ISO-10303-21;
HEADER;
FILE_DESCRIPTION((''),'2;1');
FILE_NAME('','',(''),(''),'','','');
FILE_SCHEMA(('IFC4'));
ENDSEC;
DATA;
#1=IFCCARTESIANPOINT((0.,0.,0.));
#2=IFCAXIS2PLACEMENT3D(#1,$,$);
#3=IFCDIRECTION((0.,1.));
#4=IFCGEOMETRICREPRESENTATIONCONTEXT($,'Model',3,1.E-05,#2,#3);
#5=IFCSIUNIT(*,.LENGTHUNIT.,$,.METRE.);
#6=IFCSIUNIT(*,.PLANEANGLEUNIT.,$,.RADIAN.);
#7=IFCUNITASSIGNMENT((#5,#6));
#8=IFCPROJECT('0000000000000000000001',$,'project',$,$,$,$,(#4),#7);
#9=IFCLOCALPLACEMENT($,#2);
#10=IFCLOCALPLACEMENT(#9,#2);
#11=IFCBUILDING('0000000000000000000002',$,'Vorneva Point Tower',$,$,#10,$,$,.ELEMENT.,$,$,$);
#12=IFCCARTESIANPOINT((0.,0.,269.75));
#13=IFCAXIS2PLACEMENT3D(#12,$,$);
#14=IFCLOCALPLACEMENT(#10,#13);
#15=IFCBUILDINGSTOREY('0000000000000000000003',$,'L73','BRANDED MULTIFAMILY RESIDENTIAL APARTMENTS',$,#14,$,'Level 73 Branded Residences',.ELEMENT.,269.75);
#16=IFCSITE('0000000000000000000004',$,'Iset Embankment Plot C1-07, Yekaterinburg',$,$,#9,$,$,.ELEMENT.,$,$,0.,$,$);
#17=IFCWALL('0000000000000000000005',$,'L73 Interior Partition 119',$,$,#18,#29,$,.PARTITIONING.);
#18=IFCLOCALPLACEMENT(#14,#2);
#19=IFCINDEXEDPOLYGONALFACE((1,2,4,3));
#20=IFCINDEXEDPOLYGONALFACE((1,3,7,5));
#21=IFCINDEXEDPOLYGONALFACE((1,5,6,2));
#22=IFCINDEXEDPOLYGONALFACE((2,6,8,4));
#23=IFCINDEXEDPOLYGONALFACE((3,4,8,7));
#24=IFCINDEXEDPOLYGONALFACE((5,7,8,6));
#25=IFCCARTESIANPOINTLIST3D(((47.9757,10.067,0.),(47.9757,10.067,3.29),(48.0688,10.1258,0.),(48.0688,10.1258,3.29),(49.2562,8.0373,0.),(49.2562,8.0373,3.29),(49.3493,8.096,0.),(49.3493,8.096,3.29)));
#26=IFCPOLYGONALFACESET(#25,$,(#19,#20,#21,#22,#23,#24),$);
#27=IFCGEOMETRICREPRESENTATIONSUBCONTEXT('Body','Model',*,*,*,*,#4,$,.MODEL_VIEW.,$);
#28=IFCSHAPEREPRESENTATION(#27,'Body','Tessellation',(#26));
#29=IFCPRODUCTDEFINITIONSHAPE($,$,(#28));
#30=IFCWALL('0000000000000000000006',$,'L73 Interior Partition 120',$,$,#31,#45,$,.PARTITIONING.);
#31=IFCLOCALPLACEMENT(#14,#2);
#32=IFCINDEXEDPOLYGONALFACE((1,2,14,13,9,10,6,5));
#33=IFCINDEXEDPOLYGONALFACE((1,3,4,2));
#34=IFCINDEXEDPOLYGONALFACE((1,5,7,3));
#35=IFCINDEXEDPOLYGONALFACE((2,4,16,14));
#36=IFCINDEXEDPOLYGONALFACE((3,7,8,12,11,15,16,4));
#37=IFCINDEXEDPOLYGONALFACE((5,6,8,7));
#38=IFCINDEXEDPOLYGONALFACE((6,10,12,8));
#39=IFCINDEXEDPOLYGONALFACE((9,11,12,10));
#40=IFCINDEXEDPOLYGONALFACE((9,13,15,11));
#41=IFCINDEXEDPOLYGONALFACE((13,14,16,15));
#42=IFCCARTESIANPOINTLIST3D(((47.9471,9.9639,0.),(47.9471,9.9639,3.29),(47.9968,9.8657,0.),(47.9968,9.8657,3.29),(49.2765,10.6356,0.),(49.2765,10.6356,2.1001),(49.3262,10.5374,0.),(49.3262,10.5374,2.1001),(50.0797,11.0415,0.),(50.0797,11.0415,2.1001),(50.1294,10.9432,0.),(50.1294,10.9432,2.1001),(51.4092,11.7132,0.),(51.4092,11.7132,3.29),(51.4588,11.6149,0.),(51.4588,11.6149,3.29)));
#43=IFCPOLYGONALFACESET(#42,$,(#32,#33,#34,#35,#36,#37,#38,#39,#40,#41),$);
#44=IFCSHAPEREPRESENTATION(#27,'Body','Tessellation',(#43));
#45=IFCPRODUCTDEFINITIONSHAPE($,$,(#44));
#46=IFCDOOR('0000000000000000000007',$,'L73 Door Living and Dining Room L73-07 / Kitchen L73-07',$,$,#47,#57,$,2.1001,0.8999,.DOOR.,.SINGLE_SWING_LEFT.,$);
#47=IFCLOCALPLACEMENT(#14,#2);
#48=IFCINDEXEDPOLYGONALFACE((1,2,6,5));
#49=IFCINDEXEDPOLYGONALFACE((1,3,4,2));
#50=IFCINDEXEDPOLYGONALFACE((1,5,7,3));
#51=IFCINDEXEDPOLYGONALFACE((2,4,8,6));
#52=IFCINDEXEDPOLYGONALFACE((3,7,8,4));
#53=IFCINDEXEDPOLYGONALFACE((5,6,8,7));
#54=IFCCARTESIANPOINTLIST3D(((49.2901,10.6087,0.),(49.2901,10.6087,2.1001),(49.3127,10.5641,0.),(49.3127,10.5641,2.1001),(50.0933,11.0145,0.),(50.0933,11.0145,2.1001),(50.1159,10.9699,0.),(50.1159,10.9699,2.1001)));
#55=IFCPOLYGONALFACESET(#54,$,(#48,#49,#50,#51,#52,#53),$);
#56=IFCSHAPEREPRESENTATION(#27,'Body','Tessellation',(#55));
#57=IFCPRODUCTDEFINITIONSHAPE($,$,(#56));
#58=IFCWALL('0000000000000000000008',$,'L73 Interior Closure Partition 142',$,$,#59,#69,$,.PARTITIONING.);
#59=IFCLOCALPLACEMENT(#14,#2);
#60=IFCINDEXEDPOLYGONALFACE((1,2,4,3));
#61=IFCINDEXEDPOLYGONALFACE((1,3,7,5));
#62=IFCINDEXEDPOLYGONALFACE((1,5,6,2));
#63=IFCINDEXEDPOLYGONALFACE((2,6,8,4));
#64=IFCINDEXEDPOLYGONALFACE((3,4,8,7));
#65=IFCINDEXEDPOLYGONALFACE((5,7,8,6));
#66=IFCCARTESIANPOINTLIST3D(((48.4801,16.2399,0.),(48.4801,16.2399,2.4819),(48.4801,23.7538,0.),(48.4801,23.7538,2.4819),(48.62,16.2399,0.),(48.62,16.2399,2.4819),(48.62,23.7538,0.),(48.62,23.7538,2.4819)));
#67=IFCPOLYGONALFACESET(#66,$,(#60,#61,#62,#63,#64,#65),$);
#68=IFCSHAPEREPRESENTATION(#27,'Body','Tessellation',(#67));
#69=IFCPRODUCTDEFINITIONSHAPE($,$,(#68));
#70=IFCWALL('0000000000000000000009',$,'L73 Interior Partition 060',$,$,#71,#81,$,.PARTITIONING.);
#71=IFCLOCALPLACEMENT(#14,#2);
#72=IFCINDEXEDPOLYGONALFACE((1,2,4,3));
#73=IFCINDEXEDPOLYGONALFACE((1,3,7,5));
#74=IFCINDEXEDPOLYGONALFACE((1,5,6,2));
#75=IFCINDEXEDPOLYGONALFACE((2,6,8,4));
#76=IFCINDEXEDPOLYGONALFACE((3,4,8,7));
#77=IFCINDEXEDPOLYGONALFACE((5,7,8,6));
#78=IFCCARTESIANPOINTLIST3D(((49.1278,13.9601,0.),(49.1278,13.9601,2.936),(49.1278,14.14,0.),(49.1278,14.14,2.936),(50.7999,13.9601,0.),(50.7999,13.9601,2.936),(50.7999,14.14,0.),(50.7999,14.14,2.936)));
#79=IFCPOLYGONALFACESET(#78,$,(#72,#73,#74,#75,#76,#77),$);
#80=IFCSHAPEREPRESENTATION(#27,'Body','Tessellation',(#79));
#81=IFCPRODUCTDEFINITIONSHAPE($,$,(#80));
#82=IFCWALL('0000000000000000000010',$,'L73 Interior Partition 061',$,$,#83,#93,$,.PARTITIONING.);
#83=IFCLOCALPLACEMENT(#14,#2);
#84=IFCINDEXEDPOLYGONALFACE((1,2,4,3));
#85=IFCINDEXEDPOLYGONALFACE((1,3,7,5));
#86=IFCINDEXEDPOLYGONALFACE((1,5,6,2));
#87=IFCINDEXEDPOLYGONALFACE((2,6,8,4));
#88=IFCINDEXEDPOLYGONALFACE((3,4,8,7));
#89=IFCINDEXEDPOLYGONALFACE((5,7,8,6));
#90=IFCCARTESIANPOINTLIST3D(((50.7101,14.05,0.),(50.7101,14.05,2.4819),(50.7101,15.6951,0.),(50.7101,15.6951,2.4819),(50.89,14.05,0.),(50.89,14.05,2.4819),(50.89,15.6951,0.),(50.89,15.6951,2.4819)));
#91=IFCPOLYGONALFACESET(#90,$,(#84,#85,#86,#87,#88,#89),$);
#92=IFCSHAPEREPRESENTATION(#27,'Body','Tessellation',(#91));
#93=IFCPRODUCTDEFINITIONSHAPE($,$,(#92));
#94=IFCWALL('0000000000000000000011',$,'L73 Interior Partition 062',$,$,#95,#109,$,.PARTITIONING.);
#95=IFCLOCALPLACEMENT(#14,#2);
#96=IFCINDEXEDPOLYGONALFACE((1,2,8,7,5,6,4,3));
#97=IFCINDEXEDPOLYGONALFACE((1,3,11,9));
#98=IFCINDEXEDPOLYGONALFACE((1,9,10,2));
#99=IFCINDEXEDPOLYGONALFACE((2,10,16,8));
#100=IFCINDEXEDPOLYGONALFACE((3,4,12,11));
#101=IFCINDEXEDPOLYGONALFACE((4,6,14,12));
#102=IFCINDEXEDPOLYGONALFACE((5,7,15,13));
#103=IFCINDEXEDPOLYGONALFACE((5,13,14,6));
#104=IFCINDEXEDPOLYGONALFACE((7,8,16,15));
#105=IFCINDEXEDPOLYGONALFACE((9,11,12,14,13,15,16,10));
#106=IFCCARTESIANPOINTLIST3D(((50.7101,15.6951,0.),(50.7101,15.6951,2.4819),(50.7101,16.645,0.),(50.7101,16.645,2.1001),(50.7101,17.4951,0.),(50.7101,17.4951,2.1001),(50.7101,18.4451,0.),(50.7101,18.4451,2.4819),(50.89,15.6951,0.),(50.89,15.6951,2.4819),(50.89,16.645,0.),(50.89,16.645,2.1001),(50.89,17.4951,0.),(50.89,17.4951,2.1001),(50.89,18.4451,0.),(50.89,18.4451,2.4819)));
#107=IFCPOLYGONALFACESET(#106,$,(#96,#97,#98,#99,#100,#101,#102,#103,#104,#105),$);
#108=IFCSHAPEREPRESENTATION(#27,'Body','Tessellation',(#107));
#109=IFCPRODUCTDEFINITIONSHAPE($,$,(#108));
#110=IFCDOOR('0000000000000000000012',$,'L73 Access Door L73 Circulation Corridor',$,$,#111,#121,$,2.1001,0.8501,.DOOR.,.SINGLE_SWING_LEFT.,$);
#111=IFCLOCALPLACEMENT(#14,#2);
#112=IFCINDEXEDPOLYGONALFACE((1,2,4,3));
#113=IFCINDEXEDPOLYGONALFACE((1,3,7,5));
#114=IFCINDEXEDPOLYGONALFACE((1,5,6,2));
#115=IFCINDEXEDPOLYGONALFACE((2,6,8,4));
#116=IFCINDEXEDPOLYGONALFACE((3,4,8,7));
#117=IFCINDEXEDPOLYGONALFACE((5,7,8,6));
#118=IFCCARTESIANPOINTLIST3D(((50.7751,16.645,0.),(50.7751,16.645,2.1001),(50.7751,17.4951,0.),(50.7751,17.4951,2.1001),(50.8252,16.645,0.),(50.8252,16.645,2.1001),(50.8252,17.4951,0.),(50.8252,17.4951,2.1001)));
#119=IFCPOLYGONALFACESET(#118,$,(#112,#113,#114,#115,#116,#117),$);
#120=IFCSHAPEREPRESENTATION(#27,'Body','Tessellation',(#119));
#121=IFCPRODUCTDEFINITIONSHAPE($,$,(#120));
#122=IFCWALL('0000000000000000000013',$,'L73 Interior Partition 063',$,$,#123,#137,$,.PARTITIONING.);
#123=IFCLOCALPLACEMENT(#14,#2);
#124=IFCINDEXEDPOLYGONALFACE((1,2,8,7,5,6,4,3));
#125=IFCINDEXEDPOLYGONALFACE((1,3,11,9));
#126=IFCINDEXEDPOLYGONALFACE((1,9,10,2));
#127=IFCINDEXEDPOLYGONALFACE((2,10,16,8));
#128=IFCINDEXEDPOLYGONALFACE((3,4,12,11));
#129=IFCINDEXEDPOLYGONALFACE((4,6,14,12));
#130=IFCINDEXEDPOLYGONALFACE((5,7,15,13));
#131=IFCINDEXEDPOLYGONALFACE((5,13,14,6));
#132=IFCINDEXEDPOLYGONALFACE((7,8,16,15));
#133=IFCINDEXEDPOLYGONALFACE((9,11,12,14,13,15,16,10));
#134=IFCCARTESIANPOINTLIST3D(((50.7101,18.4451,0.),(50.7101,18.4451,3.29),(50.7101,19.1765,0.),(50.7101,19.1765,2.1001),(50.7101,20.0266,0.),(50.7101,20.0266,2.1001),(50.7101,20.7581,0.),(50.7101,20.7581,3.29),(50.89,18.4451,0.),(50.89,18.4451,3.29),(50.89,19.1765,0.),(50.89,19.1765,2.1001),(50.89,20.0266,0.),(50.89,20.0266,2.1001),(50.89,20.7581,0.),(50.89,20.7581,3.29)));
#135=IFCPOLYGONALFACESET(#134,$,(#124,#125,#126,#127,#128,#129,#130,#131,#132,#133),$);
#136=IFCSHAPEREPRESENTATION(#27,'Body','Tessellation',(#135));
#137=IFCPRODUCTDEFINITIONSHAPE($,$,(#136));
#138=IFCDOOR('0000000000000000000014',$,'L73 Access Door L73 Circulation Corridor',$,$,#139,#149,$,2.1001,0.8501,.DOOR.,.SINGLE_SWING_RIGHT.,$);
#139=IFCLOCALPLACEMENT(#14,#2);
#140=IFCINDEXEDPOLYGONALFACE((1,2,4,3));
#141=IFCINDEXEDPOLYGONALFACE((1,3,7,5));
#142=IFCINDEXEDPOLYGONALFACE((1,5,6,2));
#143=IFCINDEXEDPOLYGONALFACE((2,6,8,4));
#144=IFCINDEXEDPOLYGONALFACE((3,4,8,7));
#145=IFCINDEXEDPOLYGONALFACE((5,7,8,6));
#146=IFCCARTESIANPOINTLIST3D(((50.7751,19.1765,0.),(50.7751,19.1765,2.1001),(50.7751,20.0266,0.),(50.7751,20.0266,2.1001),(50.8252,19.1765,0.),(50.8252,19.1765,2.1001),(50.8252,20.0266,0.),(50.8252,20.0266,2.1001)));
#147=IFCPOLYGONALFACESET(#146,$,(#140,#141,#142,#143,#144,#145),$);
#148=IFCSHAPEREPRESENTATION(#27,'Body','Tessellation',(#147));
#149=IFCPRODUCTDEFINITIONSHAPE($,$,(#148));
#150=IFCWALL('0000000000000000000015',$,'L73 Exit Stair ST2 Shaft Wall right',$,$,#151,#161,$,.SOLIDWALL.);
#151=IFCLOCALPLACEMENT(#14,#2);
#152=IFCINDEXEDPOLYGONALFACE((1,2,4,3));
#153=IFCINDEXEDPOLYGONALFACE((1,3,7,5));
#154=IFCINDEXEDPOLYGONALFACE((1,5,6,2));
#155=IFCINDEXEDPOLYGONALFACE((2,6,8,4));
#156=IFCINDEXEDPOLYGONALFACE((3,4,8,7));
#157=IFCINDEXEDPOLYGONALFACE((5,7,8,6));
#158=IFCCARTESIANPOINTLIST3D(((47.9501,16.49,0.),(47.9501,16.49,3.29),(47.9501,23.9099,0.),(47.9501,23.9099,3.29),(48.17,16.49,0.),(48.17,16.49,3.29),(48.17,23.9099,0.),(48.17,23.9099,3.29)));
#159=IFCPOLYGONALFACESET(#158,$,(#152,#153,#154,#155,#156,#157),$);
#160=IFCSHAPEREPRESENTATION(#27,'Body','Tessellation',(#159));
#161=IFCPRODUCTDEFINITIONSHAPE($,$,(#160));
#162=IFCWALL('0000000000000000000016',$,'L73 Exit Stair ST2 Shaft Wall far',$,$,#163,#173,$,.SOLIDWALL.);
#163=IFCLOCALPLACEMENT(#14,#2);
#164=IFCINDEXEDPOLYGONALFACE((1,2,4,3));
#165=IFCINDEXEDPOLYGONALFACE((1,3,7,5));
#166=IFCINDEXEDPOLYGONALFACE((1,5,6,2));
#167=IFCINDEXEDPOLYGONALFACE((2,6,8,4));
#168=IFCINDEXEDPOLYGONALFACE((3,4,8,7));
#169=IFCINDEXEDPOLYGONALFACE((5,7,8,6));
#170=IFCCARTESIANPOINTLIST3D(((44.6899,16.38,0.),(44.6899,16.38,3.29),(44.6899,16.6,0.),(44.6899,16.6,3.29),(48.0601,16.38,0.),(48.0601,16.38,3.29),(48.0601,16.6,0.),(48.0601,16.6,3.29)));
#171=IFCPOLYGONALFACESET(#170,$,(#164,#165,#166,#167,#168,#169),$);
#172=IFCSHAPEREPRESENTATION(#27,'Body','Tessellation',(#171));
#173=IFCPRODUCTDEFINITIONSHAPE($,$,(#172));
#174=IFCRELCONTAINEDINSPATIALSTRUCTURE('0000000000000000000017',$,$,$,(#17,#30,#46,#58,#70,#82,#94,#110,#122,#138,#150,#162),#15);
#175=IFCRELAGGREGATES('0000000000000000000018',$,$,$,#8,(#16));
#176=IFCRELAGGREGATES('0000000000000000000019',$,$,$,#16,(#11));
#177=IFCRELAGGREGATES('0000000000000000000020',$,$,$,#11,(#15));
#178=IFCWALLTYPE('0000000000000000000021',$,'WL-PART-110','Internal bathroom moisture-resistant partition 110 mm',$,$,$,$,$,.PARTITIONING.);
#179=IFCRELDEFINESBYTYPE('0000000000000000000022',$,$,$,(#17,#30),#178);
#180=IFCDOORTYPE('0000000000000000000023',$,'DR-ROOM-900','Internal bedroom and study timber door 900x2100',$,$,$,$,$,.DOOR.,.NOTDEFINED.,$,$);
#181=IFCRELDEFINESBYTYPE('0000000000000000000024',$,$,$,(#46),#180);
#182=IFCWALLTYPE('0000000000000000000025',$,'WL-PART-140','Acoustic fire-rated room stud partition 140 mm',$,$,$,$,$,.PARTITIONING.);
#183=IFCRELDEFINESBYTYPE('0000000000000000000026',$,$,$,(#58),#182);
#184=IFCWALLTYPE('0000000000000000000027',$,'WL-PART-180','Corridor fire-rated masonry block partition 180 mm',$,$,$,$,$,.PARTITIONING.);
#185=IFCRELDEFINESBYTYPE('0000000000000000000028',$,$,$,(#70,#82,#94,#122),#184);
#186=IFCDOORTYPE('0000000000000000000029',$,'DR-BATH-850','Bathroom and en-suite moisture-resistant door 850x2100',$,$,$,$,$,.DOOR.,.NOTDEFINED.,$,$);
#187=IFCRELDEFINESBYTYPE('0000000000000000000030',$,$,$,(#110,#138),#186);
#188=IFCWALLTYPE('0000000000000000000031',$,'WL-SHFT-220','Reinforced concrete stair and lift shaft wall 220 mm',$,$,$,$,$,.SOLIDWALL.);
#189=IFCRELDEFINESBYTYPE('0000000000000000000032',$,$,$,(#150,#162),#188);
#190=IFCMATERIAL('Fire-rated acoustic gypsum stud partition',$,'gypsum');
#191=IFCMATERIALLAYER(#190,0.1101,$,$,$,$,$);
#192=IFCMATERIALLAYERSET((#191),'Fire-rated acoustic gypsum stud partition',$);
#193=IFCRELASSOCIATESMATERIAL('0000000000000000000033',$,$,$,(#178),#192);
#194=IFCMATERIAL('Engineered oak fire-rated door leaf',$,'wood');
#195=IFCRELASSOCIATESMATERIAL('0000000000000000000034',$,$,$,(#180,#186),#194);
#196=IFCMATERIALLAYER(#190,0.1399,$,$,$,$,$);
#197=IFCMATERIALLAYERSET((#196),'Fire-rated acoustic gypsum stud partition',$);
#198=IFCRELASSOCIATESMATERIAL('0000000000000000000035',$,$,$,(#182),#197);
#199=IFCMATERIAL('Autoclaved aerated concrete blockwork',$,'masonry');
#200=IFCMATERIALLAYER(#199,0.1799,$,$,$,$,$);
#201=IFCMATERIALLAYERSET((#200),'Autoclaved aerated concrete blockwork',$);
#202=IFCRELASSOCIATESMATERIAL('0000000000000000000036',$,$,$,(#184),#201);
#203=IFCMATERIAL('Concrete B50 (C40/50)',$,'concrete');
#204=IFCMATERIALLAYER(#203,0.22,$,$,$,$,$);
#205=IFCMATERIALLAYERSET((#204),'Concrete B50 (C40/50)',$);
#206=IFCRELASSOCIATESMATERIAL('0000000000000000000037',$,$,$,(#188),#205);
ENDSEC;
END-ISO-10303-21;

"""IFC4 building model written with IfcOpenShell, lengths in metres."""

from ifc_helpers import new_model, si_unit, direction, frame, frame_2d, origin, place, context, subcontext, project, spatial, rectangle, extrude, material, layer, layer_set, type_object, element, fill, save


model = new_model("IFC4")

# Units and contexts
model_context = context("Model", 3, precision=1e-05, world=origin(), true_north=direction((0.0, 1.0)))
body_context = subcontext(model_context, "Body", "Model", "MODEL_VIEW")
ifc_project = project(units=[si_unit("LENGTHUNIT", "METRE"), si_unit("PLANEANGLEUNIT", "RADIAN")], contexts=[model_context])

# Site, building, storey
site_placement = place(None, origin())
site = spatial("IfcSite", under=ifc_project, at=site_placement, Name="Iset Embankment Plot C1-07, Yekaterinburg", CompositionType="ELEMENT", RefElevation=0.0)
building_placement = place(site_placement, origin())
building = spatial("IfcBuilding", under=site, at=building_placement, Name="Vorneva Point Tower", CompositionType="ELEMENT")
storey_placement = place(building_placement, frame((0.0, 0.0, 269.75)))
storey = spatial("IfcBuildingStorey", under=building, at=storey_placement, Name="L73", Description="BRANDED MULTIFAMILY RESIDENTIAL APARTMENTS", LongName="Level 73 Branded Residences", CompositionType="ELEMENT", Elevation=269.75)

# Shared definitions
ifc_material_1 = material(Name="Concrete B50 (C40/50)", Category="concrete")

# Wall
ifc_material_2 = material(Name="Fire-rated acoustic gypsum stud partition", Category="gypsum")
ifc_layer_1 = layer(ifc_material_2, 0.1101)
ifc_layer_set_1 = layer_set([ifc_layer_1], Name="Fire-rated acoustic gypsum stud partition")
wall_type_1 = type_object("IfcWallType", Name="WL-PART-110", Description="Internal bathroom moisture-resistant partition 110 mm", PredefinedType="PARTITIONING", material=ifc_layer_set_1)
wall_1_placement = place(storey_placement, frame((49.3027, 8.0667, 0.0), z_axis=(0.0, 0.0, 1.0), x_axis=(-0.53356, 0.845762, 0.0)))
element("IfcWall", 1, at=wall_1_placement, inside=storey, type_object=wall_type_1, Name="L73 Interior Partition 119", PredefinedType="PARTITIONING", context=body_context, shape_type="SweptSolid", body=[
    extrude(rectangle(XDim=2.3999, YDim=0.1101, at=frame_2d((1.2, 0.0))), origin(), (0.0, 0.0, 1.0), 3.29),
])

# Wall, opening, door
wall_2_placement = place(storey_placement, frame((47.9719, 9.9148, 0.0), z_axis=(0.0, 0.0, 1.0), x_axis=(0.892544, 0.450961, 0.0)))
wall_2 = element("IfcWall", 2, at=wall_2_placement, inside=storey, type_object=wall_type_1, Name="L73 Interior Partition 120", PredefinedType="PARTITIONING", context=body_context, shape_type="SweptSolid", body=[
    extrude(rectangle(XDim=3.8789, YDim=0.1101, at=frame_2d((1.9395, 0.0))), origin(), (0.0, 0.0, 1.0), 3.29),
])
opening_1_placement = place(wall_2_placement, frame((1.4895, 0.0, 0.0)))
opening_1 = element("IfcOpeningElement", 3, at=opening_1_placement, cuts=wall_2, PredefinedType="OPENING", context=body_context, shape_type="SweptSolid", body=[
    extrude(rectangle(XDim=0.8999, YDim=2.1001, at=frame_2d((0.45, 1.05))), frame((0.0, 0.0698, 0.0), z_axis=(0.0, -1.0, 0.0), x_axis=(1.0, 0.0, 0.0)), (0.0, 0.0, 1.0), 0.1399),
])
ifc_material_3 = material(Name="Engineered oak fire-rated door leaf", Category="wood")
door_type_1 = type_object("IfcDoorType", Name="DR-ROOM-900", Description="Internal bedroom and study timber door 900x2100", OperationType="NOTDEFINED", PredefinedType="DOOR", material=ifc_material_3)
door_1_placement = place(opening_1_placement, origin())
door_1 = element("IfcDoor", 4, at=door_1_placement, inside=storey, type_object=door_type_1, Name="L73 Door Living and Dining Room L73-07 / Kitchen L73-07", OperationType="SINGLE_SWING_LEFT", OverallHeight=2.1001, OverallWidth=0.8999, PredefinedType="DOOR", context=body_context, shape_type="SweptSolid", body=[
    extrude(rectangle(XDim=0.8999, YDim=2.1001, at=frame_2d((0.45, 1.05))), frame((0.0, 0.0249, 0.0), z_axis=(0.0, -1.0, 0.0), x_axis=(1.0, 0.0, 0.0)), (0.0, 0.0, 1.0), 0.05),
])
fill(opening_1, door_1)

# Wall
ifc_layer_2 = layer(ifc_material_2, 0.1399)
ifc_layer_set_2 = layer_set([ifc_layer_2], Name="Fire-rated acoustic gypsum stud partition")
wall_type_2 = type_object("IfcWallType", Name="WL-PART-140", Description="Acoustic fire-rated room stud partition 140 mm", PredefinedType="PARTITIONING", material=ifc_layer_set_2)
wall_3_placement = place(storey_placement, frame((48.55, 16.24, 0.0), z_axis=(0.0, 0.0, 1.0), x_axis=(0.0, 1.0, 0.0)))
element("IfcWall", 5, at=wall_3_placement, inside=storey, type_object=wall_type_2, Name="L73 Interior Closure Partition 142", PredefinedType="PARTITIONING", context=body_context, shape_type="SweptSolid", body=[
    extrude(rectangle(XDim=7.5139, YDim=0.1399, at=frame_2d((3.7568, 0.0))), origin(), (0.0, 0.0, 1.0), 2.4819),
])

# Shared definitions
ifc_material_4 = material(Name="Autoclaved aerated concrete blockwork", Category="masonry")
ifc_layer_3 = layer(ifc_material_4, 0.1799)
ifc_layer_set_3 = layer_set([ifc_layer_3], Name="Autoclaved aerated concrete blockwork")
wall_type_3 = type_object("IfcWallType", Name="WL-PART-180", Description="Corridor fire-rated masonry block partition 180 mm", PredefinedType="PARTITIONING", material=ifc_layer_set_3)

# Walls
wall_4_placement = place(storey_placement, frame((49.1279, 14.05, 0.0), z_axis=(0.0, 0.0, 1.0), x_axis=(1.0, 0.0, 0.0)))
element("IfcWall", 6, at=wall_4_placement, inside=storey, type_object=wall_type_3, Name="L73 Interior Partition 060", PredefinedType="PARTITIONING", context=body_context, shape_type="SweptSolid", body=[
    extrude(rectangle(XDim=1.6721, YDim=0.1799, at=frame_2d((0.8359, 0.0))), origin(), (0.0, 0.0, 1.0), 2.936),
])
wall_5_placement = place(storey_placement, frame((50.8, 14.05, 0.0), z_axis=(0.0, 0.0, 1.0), x_axis=(0.0, 1.0, 0.0)))
element("IfcWall", 7, at=wall_5_placement, inside=storey, type_object=wall_type_3, Name="L73 Interior Partition 061", PredefinedType="PARTITIONING", context=body_context, shape_type="SweptSolid", body=[
    extrude(rectangle(XDim=1.645, YDim=0.1799, at=frame_2d((0.8225, 0.0))), origin(), (0.0, 0.0, 1.0), 2.4819),
])

# Walls, openings, doors
wall_6_placement = place(storey_placement, frame((50.8, 15.6951, 0.0), z_axis=(0.0, 0.0, 1.0), x_axis=(0.0, 1.0, 0.0)))
wall_6 = element("IfcWall", 8, at=wall_6_placement, inside=storey, type_object=wall_type_3, Name="L73 Interior Partition 062", PredefinedType="PARTITIONING", context=body_context, shape_type="SweptSolid", body=[
    extrude(rectangle(XDim=2.75, YDim=0.1799, at=frame_2d((1.375, 0.0))), origin(), (0.0, 0.0, 1.0), 2.4819),
])
opening_2_placement = place(wall_6_placement, frame((0.95, 0.0, 0.0)))
opening_2 = element("IfcOpeningElement", 9, at=opening_2_placement, cuts=wall_6, PredefinedType="OPENING", context=body_context, shape_type="SweptSolid", body=[
    extrude(rectangle(XDim=0.8501, YDim=2.1001, at=frame_2d((0.425, 1.05))), frame((0.0, 0.105, 0.0), z_axis=(0.0, -1.0, 0.0), x_axis=(1.0, 0.0, 0.0)), (0.0, 0.0, 1.0), 0.2097),
])
door_type_2 = type_object("IfcDoorType", Name="DR-BATH-850", Description="Bathroom and en-suite moisture-resistant door 850x2100", OperationType="NOTDEFINED", PredefinedType="DOOR", material=ifc_material_3)
door_2_placement = place(opening_2_placement, origin())
door_2 = element("IfcDoor", 10, at=door_2_placement, inside=storey, type_object=door_type_2, Name="L73 Access Door L73 Circulation Corridor", OperationType="SINGLE_SWING_LEFT", OverallHeight=2.1001, OverallWidth=0.8501, PredefinedType="DOOR", context=body_context, shape_type="SweptSolid", body=[
    extrude(rectangle(XDim=0.8501, YDim=2.1001, at=frame_2d((0.425, 1.05))), frame((0.0, 0.0249, 0.0), z_axis=(0.0, -1.0, 0.0), x_axis=(1.0, 0.0, 0.0)), (0.0, 0.0, 1.0), 0.05),
])
fill(opening_2, door_2)
wall_7_placement = place(storey_placement, frame((50.8, 18.4451, 0.0), z_axis=(0.0, 0.0, 1.0), x_axis=(0.0, 1.0, 0.0)))
wall_7 = element("IfcWall", 11, at=wall_7_placement, inside=storey, type_object=wall_type_3, Name="L73 Interior Partition 063", PredefinedType="PARTITIONING", context=body_context, shape_type="SweptSolid", body=[
    extrude(rectangle(XDim=2.313, YDim=0.1799, at=frame_2d((1.1565, 0.0))), origin(), (0.0, 0.0, 1.0), 3.29),
])
opening_3_placement = place(wall_7_placement, frame((0.7314, 0.0, 0.0)))
opening_3 = element("IfcOpeningElement", 12, at=opening_3_placement, cuts=wall_7, PredefinedType="OPENING", context=body_context, shape_type="SweptSolid", body=[
    extrude(rectangle(XDim=0.8501, YDim=2.1001, at=frame_2d((0.425, 1.05))), frame((0.0, 0.105, 0.0), z_axis=(0.0, -1.0, 0.0), x_axis=(1.0, 0.0, 0.0)), (0.0, 0.0, 1.0), 0.2097),
])
door_3_placement = place(opening_3_placement, origin())
door_3 = element("IfcDoor", 13, at=door_3_placement, inside=storey, type_object=door_type_2, Name="L73 Access Door L73 Circulation Corridor", OperationType="SINGLE_SWING_RIGHT", OverallHeight=2.1001, OverallWidth=0.8501, PredefinedType="DOOR", context=body_context, shape_type="SweptSolid", body=[
    extrude(rectangle(XDim=0.8501, YDim=2.1001, at=frame_2d((0.425, 1.05))), frame((0.0, 0.0249, 0.0), z_axis=(0.0, -1.0, 0.0), x_axis=(1.0, 0.0, 0.0)), (0.0, 0.0, 1.0), 0.05),
])
fill(opening_3, door_3)

# Walls
ifc_layer_4 = layer(ifc_material_1, 0.22)
ifc_layer_set_4 = layer_set([ifc_layer_4], Name="Concrete B50 (C40/50)")
wall_type_4 = type_object("IfcWallType", Name="WL-SHFT-220", Description="Reinforced concrete stair and lift shaft wall 220 mm", PredefinedType="SOLIDWALL", material=ifc_layer_set_4)
wall_8_placement = place(storey_placement, frame((48.0601, 23.9099, 0.0), z_axis=(0.0, 0.0, 1.0), x_axis=(0.0, -1.0, 0.0)))
element("IfcWall", 14, at=wall_8_placement, inside=storey, type_object=wall_type_4, Name="L73 Exit Stair ST2 Shaft Wall right", PredefinedType="SOLIDWALL", context=body_context, shape_type="SweptSolid", body=[
    extrude(rectangle(XDim=7.4199, YDim=0.22, at=frame_2d((3.71, 0.0))), origin(), (0.0, 0.0, 1.0), 3.29),
])
wall_9_placement = place(storey_placement, frame((48.0601, 16.49, 0.0), z_axis=(0.0, 0.0, 1.0), x_axis=(-1.0, 0.0, 0.0)))
element("IfcWall", 15, at=wall_9_placement, inside=storey, type_object=wall_type_4, Name="L73 Exit Stair ST2 Shaft Wall far", PredefinedType="SOLIDWALL", context=body_context, shape_type="SweptSolid", body=[
    extrude(rectangle(XDim=3.3701, YDim=0.22, at=frame_2d((1.6851, 0.0))), origin(), (0.0, 0.0, 1.0), 3.29),
])

save(model, "model.ifc")
